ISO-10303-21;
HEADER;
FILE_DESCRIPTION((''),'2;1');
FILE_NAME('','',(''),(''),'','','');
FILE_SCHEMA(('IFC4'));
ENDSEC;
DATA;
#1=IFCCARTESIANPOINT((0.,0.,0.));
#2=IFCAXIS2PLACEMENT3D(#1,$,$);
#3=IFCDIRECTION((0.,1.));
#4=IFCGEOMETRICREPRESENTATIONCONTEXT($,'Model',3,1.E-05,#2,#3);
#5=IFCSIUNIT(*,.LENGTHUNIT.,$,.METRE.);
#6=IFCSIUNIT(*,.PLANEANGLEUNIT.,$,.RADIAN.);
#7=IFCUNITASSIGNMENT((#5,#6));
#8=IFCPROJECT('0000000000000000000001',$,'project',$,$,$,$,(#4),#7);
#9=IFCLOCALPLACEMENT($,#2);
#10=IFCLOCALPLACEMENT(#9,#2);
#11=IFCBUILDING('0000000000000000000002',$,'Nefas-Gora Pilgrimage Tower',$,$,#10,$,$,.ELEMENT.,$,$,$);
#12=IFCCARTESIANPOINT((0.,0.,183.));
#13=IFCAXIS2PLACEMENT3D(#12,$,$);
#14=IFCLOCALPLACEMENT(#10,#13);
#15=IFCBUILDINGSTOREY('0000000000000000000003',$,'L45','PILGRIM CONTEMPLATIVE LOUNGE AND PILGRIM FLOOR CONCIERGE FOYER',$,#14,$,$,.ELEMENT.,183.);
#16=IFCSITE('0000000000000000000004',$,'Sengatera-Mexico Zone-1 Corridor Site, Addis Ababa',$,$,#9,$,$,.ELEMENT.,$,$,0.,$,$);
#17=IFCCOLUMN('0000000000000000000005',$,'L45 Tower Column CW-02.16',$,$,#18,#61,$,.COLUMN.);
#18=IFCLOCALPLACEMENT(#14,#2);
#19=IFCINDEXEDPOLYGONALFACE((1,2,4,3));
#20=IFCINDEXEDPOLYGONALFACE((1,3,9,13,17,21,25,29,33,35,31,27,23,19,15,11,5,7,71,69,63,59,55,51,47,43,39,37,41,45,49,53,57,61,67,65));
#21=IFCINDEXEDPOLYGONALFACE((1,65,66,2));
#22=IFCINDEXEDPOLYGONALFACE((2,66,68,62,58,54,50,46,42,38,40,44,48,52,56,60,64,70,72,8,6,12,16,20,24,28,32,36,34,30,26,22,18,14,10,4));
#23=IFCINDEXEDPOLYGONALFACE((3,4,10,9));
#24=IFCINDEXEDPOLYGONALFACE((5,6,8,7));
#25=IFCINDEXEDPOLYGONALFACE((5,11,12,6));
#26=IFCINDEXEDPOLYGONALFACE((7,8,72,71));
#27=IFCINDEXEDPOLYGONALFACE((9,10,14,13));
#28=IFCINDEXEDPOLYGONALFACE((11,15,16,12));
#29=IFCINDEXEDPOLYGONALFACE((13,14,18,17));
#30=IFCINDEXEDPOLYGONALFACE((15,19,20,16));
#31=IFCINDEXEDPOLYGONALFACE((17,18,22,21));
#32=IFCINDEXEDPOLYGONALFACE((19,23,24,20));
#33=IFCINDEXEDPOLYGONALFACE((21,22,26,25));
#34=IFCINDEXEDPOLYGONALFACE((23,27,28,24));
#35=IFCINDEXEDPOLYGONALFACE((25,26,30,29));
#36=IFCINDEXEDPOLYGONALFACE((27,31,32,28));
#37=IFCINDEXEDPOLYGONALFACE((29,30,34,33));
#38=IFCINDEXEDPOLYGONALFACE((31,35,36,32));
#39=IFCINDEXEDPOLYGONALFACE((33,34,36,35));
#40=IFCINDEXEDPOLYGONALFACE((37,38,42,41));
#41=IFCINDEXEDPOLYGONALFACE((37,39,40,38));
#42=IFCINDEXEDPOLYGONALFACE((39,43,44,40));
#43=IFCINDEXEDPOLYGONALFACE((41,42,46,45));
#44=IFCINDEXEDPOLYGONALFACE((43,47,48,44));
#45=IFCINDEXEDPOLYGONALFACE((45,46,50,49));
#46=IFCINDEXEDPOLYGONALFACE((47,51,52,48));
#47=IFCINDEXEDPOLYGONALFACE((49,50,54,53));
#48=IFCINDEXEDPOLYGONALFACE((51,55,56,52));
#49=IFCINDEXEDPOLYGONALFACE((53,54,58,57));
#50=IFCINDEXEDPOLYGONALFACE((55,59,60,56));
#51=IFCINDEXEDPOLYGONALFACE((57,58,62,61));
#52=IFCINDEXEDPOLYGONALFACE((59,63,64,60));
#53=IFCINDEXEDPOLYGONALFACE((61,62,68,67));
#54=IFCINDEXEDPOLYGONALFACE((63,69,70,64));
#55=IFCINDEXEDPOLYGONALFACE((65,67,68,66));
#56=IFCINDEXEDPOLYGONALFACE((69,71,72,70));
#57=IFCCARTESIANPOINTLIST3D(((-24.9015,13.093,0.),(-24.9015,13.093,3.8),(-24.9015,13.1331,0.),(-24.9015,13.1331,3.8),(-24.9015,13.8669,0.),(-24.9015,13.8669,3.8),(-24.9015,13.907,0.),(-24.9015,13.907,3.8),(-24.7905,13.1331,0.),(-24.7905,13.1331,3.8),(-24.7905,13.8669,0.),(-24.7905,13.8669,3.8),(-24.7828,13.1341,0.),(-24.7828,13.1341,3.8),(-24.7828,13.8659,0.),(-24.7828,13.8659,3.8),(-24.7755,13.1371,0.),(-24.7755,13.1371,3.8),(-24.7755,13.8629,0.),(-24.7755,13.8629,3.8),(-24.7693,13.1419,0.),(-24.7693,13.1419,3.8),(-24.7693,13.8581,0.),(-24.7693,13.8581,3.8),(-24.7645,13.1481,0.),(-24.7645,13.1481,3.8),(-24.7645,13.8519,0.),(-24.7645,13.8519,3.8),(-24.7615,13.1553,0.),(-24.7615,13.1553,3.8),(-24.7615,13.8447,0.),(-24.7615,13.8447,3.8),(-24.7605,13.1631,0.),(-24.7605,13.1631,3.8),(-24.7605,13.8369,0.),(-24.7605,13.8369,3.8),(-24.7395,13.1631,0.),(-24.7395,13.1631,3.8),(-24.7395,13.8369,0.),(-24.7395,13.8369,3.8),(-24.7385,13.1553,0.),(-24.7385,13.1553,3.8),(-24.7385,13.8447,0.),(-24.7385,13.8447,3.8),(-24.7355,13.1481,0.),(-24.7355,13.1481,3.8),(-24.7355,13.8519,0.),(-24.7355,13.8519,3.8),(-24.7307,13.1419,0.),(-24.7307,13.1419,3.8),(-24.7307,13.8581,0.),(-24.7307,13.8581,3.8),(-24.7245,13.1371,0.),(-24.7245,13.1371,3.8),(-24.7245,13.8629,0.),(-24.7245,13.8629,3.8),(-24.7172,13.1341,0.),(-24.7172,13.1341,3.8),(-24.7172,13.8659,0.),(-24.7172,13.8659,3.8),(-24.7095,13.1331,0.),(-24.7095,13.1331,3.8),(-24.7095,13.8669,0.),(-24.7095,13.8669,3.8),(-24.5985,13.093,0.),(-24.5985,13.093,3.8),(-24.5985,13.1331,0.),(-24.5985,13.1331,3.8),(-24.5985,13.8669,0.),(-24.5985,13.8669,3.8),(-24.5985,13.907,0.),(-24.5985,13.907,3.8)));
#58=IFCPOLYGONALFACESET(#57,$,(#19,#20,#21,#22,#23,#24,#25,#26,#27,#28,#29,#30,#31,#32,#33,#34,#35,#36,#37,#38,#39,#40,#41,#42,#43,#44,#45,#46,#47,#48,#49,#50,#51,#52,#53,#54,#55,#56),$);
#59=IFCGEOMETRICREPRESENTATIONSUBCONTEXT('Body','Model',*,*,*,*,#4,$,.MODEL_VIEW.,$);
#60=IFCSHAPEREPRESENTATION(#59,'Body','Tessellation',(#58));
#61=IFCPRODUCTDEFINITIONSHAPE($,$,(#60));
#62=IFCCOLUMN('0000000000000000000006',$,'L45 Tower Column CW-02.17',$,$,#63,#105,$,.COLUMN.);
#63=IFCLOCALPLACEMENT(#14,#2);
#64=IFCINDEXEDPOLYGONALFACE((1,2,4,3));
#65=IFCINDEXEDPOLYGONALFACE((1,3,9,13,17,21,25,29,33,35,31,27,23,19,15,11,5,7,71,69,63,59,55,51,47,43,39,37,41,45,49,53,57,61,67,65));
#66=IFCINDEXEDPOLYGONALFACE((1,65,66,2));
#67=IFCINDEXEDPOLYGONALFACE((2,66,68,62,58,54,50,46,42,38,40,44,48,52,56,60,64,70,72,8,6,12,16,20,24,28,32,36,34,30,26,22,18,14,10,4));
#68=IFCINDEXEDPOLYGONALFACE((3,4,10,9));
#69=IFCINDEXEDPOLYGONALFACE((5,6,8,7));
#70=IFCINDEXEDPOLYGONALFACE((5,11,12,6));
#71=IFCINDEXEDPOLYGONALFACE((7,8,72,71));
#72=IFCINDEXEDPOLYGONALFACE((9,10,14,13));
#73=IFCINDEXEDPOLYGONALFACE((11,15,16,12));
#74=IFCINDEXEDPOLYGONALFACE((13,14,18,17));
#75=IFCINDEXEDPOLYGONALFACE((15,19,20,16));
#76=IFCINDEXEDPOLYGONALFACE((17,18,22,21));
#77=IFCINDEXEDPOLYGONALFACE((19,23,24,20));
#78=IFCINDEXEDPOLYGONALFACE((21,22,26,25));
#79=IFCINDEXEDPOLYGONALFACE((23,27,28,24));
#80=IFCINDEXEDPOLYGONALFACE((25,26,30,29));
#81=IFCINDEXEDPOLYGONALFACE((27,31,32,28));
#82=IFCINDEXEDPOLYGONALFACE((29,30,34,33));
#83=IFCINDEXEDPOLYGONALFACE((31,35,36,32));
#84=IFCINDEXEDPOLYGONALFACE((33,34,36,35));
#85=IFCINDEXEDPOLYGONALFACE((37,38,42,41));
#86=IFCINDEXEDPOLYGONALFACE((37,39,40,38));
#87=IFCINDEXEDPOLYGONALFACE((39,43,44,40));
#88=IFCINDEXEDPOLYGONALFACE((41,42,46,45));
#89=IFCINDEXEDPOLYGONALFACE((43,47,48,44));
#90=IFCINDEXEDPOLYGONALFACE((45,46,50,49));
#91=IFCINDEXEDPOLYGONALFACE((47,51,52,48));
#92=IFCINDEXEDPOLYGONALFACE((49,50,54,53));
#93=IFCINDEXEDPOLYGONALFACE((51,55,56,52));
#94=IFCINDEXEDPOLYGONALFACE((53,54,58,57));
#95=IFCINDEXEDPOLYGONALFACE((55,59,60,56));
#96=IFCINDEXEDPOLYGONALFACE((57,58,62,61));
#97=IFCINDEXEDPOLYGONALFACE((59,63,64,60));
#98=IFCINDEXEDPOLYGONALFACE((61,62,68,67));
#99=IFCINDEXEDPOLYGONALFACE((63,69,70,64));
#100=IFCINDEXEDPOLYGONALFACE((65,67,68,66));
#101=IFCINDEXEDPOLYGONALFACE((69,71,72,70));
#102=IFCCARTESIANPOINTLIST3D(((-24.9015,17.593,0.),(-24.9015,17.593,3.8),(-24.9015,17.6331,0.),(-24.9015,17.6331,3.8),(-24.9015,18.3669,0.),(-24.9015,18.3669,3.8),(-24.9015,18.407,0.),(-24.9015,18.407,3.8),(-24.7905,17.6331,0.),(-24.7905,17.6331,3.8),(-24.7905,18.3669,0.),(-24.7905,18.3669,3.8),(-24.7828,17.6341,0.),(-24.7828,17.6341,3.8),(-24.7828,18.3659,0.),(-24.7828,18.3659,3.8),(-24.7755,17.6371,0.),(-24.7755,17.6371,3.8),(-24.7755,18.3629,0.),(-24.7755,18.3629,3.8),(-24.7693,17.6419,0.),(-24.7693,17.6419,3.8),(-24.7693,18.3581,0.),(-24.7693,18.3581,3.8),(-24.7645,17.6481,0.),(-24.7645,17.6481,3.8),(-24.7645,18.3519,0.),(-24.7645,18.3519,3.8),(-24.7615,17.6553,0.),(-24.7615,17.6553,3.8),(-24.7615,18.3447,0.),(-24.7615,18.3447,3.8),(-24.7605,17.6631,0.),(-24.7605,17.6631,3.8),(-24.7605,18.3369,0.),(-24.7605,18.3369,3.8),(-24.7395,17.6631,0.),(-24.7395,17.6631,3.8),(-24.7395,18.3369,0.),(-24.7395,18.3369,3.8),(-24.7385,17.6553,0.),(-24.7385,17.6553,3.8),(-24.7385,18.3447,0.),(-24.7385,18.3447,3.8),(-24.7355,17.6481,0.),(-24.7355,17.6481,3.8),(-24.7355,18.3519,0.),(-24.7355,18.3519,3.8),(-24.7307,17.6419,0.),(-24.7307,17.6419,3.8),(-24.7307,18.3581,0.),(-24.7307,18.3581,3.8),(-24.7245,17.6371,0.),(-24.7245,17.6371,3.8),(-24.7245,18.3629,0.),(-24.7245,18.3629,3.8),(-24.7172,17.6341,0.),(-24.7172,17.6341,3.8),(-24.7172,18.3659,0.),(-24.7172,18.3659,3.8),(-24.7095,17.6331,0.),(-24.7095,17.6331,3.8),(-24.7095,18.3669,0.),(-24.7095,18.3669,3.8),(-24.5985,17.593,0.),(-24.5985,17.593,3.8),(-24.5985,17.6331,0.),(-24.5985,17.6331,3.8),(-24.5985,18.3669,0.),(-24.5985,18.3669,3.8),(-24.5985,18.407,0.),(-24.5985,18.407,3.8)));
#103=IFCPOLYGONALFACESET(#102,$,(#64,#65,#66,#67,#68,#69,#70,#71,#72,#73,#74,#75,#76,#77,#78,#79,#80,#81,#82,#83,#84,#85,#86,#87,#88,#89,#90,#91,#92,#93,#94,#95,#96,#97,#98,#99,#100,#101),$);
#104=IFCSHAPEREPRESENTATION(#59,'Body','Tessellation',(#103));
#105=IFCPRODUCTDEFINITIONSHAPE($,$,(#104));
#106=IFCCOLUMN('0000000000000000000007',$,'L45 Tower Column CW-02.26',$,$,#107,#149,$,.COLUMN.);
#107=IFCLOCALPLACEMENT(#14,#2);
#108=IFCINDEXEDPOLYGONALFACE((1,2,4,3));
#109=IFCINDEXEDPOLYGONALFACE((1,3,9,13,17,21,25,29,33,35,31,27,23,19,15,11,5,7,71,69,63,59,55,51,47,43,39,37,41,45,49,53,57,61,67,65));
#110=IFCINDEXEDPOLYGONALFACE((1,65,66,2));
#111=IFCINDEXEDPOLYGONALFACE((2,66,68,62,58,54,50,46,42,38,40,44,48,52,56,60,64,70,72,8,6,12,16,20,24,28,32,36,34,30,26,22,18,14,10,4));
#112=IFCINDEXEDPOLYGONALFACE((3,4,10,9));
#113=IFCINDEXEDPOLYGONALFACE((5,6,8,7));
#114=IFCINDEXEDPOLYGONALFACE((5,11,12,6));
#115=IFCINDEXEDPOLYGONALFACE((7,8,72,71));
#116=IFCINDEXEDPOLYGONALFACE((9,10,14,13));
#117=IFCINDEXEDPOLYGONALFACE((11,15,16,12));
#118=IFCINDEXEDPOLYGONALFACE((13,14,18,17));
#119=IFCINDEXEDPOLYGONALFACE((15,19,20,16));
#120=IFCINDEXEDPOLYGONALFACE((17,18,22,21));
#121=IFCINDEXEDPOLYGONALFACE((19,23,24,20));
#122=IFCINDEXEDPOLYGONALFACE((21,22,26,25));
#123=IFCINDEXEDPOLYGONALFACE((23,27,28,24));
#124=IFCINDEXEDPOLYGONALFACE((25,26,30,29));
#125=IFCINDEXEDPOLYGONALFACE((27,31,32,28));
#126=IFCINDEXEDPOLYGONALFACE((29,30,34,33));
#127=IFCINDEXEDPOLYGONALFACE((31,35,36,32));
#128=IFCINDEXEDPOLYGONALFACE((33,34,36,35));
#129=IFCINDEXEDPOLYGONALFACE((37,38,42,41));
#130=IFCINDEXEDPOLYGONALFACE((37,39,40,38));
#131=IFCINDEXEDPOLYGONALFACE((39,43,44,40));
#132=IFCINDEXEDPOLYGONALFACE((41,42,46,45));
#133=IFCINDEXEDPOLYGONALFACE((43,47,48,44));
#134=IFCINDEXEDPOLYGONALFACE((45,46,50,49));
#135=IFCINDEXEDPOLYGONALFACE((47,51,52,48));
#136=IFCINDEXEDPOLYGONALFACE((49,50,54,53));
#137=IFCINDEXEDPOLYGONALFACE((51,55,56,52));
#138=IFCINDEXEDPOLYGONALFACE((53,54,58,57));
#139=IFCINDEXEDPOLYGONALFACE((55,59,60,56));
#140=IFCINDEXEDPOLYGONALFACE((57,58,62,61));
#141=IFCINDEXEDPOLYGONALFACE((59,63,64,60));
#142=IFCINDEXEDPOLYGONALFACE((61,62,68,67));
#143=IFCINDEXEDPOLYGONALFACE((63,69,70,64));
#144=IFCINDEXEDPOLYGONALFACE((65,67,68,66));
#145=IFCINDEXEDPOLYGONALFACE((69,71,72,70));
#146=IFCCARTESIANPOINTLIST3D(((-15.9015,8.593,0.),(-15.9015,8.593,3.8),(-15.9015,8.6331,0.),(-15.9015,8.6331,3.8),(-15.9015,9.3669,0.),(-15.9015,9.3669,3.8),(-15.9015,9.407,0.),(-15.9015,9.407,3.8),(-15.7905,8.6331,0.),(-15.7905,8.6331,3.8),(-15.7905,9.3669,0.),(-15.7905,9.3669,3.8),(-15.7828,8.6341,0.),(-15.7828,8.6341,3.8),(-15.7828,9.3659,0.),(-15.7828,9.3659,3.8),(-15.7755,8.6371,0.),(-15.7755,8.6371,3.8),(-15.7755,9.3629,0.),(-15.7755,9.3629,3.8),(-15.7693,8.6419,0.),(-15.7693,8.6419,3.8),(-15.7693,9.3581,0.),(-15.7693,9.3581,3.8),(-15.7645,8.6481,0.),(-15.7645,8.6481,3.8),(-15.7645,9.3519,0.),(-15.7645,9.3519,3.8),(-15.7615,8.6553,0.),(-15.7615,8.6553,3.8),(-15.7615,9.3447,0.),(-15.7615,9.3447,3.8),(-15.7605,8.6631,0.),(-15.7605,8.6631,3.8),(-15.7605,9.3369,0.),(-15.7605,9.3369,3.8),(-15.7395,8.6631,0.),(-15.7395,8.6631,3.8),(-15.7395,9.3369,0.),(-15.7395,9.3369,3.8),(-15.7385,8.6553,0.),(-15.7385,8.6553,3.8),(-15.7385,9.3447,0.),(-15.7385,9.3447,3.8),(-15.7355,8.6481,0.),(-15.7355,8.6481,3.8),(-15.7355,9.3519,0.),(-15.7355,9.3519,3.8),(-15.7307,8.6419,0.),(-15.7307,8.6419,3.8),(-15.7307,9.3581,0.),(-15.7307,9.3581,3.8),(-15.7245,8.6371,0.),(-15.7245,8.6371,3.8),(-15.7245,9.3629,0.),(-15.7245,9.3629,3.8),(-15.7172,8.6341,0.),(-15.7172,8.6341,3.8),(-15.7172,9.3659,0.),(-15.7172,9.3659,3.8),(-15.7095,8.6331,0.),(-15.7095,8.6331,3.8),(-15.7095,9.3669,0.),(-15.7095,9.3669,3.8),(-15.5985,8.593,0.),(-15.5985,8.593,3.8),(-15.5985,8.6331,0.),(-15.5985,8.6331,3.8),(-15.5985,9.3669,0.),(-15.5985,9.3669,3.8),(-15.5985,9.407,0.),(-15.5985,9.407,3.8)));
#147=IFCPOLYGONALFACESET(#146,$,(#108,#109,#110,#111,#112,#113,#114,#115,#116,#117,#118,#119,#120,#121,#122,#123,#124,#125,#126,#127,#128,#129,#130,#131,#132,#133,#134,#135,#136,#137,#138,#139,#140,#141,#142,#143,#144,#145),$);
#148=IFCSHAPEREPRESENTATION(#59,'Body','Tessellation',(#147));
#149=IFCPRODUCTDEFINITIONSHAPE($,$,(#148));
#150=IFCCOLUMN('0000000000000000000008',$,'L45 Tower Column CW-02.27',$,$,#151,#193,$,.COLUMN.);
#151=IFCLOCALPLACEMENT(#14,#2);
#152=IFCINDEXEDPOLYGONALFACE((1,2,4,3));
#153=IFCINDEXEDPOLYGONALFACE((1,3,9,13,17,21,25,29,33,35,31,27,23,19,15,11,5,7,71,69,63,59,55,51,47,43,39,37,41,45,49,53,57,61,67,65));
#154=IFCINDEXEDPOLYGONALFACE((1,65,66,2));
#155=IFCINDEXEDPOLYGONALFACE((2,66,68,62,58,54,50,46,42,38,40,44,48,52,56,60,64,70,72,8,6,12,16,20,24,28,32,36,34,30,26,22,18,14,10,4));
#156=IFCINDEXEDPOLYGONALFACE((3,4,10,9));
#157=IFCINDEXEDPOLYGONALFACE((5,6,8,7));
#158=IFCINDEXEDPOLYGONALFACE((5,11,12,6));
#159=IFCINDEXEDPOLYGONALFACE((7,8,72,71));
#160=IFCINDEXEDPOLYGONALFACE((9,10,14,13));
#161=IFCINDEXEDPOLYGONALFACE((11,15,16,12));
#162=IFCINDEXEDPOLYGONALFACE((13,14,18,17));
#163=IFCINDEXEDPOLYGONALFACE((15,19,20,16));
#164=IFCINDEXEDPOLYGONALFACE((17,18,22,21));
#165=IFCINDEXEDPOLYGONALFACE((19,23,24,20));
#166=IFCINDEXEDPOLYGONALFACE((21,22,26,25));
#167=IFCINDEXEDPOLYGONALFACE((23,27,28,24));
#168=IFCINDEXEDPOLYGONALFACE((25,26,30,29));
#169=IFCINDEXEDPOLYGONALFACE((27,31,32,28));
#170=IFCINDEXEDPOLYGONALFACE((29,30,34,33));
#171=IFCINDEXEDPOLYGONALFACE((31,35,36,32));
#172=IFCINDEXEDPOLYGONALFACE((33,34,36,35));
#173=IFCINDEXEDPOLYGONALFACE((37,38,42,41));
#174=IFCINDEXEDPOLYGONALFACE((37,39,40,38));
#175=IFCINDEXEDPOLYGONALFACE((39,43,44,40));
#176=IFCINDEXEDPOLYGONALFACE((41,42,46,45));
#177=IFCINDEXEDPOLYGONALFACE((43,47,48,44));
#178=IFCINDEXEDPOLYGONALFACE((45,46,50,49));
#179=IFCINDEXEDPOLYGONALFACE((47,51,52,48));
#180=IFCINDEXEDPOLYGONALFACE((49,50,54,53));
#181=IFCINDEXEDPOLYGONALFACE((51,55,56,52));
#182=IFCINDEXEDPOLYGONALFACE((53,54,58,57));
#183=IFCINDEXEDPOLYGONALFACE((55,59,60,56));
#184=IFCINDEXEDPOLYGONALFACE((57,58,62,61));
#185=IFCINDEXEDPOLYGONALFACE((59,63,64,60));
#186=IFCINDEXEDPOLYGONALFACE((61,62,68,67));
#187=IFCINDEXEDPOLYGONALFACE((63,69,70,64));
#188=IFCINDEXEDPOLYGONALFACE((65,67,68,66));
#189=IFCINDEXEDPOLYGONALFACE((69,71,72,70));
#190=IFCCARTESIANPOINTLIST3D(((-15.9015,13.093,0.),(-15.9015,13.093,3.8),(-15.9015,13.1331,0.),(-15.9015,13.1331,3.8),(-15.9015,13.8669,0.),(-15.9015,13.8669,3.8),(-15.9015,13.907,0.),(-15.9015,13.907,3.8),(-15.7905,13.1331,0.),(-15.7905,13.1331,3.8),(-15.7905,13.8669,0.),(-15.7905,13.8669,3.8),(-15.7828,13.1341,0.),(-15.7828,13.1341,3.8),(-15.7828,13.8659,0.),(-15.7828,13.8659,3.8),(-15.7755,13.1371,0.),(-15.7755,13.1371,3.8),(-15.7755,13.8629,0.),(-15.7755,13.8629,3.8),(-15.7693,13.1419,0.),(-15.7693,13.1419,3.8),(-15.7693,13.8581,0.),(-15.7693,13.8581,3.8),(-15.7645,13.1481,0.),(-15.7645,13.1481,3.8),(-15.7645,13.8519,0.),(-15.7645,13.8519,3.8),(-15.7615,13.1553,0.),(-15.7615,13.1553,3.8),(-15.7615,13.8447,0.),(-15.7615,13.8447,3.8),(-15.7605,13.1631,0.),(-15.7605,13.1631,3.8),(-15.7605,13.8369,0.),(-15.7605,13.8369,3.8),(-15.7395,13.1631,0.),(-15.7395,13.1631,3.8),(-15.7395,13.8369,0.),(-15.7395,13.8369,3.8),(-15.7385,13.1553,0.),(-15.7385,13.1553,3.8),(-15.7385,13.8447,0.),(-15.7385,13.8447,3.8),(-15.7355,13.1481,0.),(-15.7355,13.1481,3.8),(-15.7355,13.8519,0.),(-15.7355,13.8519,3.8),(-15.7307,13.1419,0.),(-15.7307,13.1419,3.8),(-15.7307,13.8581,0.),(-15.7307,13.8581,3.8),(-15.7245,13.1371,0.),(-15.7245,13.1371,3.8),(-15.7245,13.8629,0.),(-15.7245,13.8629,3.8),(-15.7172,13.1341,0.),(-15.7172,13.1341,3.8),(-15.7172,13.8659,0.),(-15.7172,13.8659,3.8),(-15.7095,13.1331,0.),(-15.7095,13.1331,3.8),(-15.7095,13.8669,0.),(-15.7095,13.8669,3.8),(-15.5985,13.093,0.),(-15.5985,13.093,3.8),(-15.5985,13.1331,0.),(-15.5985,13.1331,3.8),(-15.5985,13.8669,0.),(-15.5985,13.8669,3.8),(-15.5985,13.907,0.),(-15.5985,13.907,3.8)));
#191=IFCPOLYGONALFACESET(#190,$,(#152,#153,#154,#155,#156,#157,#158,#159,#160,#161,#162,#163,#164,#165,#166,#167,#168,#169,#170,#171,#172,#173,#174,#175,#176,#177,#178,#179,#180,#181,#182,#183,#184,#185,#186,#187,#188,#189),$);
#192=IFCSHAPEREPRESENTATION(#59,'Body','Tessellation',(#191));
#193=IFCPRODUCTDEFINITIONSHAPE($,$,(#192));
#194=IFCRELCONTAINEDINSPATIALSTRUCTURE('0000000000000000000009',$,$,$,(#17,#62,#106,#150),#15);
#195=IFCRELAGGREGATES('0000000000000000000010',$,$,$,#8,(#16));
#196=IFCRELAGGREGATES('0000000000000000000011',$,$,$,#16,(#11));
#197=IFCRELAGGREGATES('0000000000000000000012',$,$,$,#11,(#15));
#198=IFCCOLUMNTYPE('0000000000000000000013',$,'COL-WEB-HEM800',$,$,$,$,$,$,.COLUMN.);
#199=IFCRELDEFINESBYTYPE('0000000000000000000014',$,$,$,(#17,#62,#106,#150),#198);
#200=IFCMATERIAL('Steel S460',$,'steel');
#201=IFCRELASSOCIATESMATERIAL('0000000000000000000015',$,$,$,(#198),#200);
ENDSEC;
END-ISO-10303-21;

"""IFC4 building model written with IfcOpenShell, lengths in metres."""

from ifc_helpers import new_model, si_unit, direction, frame, origin, origin_2d, place, context, subcontext, project, spatial, i_section, extrude, source, transform, mapped, material, material_profile, profile_set, type_object, element, save


model = new_model("IFC4")

# Units and contexts
model_context = context("Model", 3, precision=1e-05, world=origin(), true_north=direction((0.0, 1.0)))
body_context = subcontext(model_context, "Body", "Model", "MODEL_VIEW")
ifc_project = project(units=[si_unit("LENGTHUNIT", "METRE"), si_unit("PLANEANGLEUNIT", "RADIAN")], contexts=[model_context])

# Site, building, storey
site_placement = place(None, origin())
site = spatial("IfcSite", under=ifc_project, at=site_placement, Name="Sengatera-Mexico Zone-1 Corridor Site, Addis Ababa", CompositionType="ELEMENT", RefElevation=0.0)
building_placement = place(site_placement, origin())
building = spatial("IfcBuilding", under=site, at=building_placement, Name="Nefas-Gora Pilgrimage Tower", CompositionType="ELEMENT")
storey_placement = place(building_placement, frame((0.0, 0.0, 183.0)))
storey = spatial("IfcBuildingStorey", under=building, at=storey_placement, Name="L45", Description="PILGRIM CONTEMPLATIVE LOUNGE AND PILGRIM FLOOR CONCIERGE FOYER", CompositionType="ELEMENT", Elevation=183.0)

# Columns
ifc_material_1 = material(Name="Steel S460", Category="steel")
ifc_material_profile_1 = material_profile(ifc_material_1, i_section(OverallWidth=0.303, OverallDepth=0.814, WebThickness=0.021, FlangeThickness=0.04, FilletRadius=0.03, at=origin_2d()), Name="HEM 800")
ifc_profile_set_1 = profile_set([ifc_material_profile_1], Name="Steel S460")
column_type_1 = type_object("IfcColumnType", Name="COL-WEB-HEM800", PredefinedType="COLUMN", material=ifc_profile_set_1)
shared_shape_1 = source(origin(), body_context, "Body", "SweptSolid", [
    extrude(i_section(OverallWidth=0.303, OverallDepth=0.814, WebThickness=0.021, FlangeThickness=0.04, FilletRadius=0.03, at=origin_2d()), origin(), (0.0, 0.0, 1.0), 3.8),
])
for number, where, z_axis, x_axis, name in (
    (1, (-24.75, 13.5, 0.0), (0.0, 0.0, 1.0), (1.0, 0.0, 0.0), "L45 Tower Column CW-02.16"),
    (2, (-24.75, 18.0, 0.0), (0.0, 0.0, 1.0), (1.0, 0.0, 0.0), "L45 Tower Column CW-02.17"),
    (3, (-15.75, 9.0, 0.0), (0.0, 0.0, 1.0), (1.0, 0.0, 0.0), "L45 Tower Column CW-02.26"),
    (4, (-15.75, 13.5, 0.0), (0.0, 0.0, 1.0), (1.0, 0.0, 0.0), "L45 Tower Column CW-02.27"),
):
    element("IfcColumn", number, at=place(storey_placement, frame(where, z_axis=z_axis, x_axis=x_axis)), inside=storey, type_object=column_type_1, Name=name, PredefinedType="COLUMN", context=body_context, shape_type="MappedRepresentation", body=[
        mapped(shared_shape_1, transform((0.0, 0.0, 0.0), x_axis=(1.0, 0.0, 0.0), y_axis=(0.0, 1.0, 0.0), z_axis=(0.0, 0.0, 1.0), scale=1.0)),
    ])

save(model, "model.ifc")
